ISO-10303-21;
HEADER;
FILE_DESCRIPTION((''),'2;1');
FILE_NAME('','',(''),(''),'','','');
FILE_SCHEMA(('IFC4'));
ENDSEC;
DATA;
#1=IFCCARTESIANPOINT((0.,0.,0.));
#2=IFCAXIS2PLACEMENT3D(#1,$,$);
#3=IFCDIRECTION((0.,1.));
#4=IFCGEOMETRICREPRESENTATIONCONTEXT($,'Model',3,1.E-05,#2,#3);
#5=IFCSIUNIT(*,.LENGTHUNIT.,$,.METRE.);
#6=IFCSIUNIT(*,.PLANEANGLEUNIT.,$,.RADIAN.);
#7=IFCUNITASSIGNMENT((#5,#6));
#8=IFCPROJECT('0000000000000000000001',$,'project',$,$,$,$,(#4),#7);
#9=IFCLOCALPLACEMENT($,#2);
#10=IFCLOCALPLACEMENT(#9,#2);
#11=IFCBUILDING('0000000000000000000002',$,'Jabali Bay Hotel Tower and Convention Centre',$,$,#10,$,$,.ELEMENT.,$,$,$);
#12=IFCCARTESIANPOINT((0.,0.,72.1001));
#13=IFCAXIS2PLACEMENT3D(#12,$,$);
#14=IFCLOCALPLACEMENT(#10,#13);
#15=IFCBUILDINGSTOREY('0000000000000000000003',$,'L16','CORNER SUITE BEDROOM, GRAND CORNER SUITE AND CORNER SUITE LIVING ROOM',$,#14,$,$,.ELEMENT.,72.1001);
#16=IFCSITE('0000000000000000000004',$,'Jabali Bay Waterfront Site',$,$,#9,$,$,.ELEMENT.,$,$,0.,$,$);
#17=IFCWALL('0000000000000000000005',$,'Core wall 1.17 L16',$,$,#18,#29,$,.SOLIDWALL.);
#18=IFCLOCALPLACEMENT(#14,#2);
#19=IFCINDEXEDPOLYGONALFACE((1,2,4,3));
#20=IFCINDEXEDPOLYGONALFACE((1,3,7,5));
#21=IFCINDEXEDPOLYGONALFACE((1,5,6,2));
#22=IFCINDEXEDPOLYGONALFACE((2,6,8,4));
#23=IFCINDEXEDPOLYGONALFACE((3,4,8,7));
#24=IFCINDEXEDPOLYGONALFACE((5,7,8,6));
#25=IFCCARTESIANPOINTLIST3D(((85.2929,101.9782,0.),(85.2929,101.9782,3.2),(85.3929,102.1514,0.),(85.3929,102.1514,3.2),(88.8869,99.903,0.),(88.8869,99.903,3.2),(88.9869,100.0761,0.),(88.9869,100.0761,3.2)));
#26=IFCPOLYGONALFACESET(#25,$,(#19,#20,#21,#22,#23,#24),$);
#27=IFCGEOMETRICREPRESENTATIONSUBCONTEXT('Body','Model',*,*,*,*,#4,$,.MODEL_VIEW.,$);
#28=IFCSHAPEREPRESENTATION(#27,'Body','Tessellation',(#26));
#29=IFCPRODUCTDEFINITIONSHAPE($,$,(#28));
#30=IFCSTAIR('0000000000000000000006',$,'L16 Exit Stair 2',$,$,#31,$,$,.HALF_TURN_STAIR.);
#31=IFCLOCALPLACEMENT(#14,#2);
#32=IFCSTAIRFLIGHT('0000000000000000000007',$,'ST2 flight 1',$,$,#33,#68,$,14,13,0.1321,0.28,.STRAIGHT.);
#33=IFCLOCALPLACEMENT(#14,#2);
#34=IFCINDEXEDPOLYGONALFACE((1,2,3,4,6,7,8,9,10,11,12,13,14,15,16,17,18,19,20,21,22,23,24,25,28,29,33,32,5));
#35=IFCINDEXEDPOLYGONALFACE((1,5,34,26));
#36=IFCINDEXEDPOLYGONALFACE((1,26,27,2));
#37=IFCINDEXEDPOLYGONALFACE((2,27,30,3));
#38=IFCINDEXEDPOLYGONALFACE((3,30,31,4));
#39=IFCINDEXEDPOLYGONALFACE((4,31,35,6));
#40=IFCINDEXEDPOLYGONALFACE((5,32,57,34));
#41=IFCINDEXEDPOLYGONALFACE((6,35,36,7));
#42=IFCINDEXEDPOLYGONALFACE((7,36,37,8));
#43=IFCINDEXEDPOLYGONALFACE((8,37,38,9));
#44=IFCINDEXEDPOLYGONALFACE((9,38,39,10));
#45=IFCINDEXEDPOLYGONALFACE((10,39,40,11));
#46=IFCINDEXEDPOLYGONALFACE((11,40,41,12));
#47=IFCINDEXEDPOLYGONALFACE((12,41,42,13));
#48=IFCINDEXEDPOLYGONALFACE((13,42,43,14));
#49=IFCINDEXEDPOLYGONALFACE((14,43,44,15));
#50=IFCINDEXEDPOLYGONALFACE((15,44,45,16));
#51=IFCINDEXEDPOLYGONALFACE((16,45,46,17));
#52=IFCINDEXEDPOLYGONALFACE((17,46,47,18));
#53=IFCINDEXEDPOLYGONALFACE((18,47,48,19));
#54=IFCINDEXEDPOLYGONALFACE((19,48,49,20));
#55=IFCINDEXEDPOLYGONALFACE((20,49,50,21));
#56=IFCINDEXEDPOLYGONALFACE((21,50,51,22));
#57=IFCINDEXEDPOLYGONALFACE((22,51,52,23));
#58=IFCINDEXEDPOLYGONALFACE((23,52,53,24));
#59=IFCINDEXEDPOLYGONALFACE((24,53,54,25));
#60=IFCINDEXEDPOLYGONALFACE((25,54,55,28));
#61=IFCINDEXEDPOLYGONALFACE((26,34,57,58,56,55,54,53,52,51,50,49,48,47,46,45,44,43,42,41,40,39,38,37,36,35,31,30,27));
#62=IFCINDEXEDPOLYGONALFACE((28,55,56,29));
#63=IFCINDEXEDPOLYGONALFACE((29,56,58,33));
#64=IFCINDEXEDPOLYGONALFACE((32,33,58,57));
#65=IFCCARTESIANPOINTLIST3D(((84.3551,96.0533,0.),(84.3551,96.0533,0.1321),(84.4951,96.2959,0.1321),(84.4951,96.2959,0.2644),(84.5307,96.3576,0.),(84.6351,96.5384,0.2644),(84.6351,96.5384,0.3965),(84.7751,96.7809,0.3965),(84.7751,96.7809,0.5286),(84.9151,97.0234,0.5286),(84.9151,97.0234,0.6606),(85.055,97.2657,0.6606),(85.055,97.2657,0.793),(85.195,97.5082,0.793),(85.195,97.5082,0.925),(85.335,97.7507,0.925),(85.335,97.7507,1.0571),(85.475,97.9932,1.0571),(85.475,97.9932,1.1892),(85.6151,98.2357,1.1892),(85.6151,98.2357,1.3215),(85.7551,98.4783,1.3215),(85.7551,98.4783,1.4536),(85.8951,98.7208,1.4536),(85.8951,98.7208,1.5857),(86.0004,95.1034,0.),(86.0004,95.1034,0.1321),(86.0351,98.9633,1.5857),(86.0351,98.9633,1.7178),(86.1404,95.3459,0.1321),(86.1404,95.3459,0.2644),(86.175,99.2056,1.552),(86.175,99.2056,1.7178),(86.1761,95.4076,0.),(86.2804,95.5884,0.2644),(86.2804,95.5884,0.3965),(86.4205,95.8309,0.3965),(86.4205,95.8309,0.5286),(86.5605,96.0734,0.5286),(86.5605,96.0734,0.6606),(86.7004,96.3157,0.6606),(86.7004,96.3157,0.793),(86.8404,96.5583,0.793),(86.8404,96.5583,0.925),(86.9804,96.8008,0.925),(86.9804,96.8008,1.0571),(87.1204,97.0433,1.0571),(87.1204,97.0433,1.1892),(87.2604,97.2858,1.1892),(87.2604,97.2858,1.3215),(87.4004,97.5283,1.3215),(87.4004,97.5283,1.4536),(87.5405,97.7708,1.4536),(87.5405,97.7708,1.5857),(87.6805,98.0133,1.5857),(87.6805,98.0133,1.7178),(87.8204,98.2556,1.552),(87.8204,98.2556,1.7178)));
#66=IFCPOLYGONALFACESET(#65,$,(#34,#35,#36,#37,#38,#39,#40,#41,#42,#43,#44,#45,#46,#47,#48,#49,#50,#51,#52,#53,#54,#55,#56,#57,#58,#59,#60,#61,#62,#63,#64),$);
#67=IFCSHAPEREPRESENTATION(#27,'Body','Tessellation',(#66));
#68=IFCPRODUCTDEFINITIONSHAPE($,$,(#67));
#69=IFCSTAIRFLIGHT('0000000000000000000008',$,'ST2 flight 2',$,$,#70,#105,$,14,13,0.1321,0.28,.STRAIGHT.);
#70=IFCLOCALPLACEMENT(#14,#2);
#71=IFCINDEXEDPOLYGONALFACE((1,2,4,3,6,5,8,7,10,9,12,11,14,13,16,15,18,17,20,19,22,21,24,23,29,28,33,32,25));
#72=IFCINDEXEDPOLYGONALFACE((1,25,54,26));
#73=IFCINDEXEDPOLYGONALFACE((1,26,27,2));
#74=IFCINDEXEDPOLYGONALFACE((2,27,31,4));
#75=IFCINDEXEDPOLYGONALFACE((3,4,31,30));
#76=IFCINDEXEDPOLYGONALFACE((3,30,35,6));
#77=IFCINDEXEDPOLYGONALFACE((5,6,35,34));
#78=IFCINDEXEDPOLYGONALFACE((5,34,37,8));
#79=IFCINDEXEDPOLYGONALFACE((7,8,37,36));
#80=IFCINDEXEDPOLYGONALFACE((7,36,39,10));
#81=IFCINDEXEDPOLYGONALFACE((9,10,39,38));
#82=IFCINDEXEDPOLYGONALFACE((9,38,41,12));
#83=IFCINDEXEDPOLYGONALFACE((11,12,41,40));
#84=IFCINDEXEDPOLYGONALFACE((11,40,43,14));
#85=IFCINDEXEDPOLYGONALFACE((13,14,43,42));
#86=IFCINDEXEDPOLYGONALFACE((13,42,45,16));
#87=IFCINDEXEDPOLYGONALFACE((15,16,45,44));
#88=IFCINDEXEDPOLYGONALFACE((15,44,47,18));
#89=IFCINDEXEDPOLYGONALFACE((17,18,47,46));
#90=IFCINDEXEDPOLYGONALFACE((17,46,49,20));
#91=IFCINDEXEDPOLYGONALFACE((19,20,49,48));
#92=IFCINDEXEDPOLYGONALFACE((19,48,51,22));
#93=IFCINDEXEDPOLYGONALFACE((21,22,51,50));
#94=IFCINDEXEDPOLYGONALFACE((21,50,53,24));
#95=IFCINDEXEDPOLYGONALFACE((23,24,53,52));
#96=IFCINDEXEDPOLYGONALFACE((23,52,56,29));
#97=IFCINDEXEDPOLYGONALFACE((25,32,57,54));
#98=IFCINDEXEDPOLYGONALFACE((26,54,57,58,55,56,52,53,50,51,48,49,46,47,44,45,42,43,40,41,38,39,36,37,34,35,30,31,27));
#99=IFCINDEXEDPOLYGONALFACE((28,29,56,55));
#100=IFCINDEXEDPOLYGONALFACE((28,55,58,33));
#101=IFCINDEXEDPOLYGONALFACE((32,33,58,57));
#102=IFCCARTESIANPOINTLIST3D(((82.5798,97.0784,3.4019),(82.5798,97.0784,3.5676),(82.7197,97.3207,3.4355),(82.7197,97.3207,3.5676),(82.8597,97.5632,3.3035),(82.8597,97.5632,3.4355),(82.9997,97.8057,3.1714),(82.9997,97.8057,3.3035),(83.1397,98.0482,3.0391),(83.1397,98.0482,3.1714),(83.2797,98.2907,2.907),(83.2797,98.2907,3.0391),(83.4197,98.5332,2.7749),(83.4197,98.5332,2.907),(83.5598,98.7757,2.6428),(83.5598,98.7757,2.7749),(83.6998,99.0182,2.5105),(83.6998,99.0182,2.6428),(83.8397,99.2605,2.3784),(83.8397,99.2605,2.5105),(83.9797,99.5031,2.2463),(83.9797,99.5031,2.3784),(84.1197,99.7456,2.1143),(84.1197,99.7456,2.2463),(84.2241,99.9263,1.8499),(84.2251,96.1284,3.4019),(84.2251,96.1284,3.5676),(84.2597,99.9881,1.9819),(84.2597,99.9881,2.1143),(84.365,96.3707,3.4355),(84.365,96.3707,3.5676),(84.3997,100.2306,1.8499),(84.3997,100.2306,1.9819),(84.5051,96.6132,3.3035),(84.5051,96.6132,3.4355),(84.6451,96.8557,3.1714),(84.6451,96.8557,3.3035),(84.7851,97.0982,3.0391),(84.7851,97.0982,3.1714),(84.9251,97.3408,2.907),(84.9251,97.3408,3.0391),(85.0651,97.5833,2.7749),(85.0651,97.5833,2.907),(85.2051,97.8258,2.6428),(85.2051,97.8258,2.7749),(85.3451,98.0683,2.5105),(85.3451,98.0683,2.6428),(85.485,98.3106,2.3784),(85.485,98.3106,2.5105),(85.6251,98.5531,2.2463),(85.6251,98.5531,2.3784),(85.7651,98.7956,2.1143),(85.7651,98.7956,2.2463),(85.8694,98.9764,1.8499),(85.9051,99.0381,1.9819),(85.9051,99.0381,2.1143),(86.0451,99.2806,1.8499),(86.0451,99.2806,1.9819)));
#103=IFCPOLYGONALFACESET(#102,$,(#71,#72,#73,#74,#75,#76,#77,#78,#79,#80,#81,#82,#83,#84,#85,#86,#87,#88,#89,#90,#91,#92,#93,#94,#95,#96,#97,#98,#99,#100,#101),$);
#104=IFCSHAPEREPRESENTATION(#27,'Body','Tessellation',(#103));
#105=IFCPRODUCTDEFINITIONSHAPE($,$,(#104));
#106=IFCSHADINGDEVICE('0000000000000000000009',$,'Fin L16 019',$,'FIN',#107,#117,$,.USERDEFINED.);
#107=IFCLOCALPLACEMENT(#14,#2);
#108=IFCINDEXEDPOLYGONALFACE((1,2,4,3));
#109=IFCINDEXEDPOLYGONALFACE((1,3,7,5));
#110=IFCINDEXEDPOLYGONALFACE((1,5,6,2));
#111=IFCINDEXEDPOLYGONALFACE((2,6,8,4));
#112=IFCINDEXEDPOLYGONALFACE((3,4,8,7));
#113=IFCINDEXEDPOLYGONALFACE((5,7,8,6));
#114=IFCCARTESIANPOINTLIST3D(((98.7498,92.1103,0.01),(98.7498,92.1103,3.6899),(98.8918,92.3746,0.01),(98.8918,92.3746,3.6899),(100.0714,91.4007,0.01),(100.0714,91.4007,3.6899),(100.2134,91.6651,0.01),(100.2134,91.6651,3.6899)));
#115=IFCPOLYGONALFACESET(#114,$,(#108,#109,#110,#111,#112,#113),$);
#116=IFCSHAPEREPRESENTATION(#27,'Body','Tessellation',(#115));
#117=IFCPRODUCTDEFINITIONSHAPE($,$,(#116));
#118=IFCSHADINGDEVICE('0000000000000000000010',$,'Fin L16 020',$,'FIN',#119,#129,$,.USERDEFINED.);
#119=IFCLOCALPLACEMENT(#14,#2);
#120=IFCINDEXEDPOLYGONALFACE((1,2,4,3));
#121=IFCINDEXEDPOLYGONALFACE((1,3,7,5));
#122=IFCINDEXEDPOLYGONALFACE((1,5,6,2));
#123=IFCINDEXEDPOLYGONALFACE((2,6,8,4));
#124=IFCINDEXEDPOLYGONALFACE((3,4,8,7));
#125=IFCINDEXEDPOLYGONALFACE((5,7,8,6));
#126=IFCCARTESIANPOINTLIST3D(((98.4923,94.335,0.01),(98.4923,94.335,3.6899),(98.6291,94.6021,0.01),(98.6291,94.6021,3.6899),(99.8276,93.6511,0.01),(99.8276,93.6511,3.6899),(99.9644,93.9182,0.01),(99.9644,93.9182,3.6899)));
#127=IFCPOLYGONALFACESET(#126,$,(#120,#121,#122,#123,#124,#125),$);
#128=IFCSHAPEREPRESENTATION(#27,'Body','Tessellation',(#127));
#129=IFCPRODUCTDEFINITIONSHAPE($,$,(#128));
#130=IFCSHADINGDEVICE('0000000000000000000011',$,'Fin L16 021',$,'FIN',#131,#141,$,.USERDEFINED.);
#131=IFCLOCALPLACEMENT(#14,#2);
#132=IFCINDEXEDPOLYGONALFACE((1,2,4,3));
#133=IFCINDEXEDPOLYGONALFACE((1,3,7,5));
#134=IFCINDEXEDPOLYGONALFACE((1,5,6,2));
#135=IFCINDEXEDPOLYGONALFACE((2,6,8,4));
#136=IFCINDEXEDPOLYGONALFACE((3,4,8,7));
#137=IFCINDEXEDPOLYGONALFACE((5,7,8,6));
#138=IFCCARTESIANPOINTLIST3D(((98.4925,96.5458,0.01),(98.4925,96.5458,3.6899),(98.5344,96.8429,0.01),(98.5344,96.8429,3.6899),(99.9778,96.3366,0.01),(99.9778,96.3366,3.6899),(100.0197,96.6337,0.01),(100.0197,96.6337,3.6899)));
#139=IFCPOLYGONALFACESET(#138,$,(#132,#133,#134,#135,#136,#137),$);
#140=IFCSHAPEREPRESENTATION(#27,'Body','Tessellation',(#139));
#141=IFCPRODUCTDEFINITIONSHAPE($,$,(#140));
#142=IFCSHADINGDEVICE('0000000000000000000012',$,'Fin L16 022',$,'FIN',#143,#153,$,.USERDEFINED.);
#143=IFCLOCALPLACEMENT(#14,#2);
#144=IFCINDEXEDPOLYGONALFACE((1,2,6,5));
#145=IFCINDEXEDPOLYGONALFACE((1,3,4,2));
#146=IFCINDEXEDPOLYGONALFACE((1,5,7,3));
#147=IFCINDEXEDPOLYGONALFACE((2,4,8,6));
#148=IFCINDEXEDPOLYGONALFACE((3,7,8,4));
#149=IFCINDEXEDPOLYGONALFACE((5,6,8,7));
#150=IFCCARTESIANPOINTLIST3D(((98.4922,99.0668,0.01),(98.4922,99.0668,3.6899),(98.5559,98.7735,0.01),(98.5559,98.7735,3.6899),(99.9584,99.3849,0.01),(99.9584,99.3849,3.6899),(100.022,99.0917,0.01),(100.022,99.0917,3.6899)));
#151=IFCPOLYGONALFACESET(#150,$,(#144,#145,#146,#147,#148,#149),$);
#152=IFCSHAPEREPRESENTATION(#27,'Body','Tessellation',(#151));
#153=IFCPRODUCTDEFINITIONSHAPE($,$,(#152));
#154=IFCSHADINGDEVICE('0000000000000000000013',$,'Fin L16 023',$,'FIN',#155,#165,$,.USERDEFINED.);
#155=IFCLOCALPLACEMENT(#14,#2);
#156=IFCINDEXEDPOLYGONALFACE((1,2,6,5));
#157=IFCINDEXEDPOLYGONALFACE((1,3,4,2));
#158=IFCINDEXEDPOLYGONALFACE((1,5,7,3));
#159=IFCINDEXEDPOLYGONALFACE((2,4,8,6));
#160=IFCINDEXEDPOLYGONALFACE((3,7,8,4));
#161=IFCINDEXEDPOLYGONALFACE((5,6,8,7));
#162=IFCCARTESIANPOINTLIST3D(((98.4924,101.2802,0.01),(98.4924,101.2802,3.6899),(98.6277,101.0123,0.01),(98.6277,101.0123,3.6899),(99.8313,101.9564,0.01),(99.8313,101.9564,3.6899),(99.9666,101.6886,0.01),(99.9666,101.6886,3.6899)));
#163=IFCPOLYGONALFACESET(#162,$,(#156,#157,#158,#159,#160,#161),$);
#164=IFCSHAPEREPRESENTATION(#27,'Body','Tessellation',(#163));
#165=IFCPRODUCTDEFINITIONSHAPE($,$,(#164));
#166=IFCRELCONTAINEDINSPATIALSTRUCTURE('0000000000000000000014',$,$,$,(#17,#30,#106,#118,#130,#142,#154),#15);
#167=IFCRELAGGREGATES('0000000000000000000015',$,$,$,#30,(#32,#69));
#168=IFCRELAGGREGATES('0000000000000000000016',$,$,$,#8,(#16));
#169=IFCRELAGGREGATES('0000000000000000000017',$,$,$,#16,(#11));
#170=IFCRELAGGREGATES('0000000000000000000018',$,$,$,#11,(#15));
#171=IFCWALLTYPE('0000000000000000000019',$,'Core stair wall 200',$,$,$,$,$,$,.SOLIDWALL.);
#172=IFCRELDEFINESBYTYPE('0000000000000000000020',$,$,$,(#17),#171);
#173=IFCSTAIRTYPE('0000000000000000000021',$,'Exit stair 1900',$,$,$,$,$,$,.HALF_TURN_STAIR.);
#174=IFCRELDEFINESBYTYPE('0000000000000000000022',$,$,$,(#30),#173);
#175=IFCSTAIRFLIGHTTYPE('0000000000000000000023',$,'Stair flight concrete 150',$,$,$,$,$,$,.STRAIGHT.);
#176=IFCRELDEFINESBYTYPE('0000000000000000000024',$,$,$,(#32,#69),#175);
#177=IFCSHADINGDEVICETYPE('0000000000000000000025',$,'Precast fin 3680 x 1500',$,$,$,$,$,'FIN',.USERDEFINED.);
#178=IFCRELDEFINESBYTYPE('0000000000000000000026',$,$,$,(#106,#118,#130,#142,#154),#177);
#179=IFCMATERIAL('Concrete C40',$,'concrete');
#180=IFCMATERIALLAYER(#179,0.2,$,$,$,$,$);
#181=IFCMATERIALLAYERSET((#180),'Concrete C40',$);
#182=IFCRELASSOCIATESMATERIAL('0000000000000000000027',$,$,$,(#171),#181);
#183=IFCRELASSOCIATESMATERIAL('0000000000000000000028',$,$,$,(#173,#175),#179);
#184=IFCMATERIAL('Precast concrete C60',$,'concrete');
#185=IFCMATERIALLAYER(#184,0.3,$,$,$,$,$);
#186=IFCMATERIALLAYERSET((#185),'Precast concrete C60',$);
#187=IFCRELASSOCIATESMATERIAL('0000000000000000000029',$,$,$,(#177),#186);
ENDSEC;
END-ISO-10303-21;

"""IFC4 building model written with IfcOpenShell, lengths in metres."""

from ifc_helpers import new_model, si_unit, direction, frame, frame_2d, origin, place, context, subcontext, project, spatial, polyline, rectangle, outline, extrude, material, layer, layer_set, type_object, element, aggregate, save


model = new_model("IFC4")

# Units and contexts
model_context = context("Model", 3, precision=1e-05, world=origin(), true_north=direction((0.0, 1.0)))
body_context = subcontext(model_context, "Body", "Model", "MODEL_VIEW")
ifc_project = project(units=[si_unit("LENGTHUNIT", "METRE"), si_unit("PLANEANGLEUNIT", "RADIAN")], contexts=[model_context])

# Site, building, storey
site_placement = place(None, origin())
site = spatial("IfcSite", under=ifc_project, at=site_placement, Name="Jabali Bay Waterfront Site", CompositionType="ELEMENT", RefElevation=0.0)
building_placement = place(site_placement, origin())
building = spatial("IfcBuilding", under=site, at=building_placement, Name="Jabali Bay Hotel Tower and Convention Centre", CompositionType="ELEMENT")
storey_placement = place(building_placement, frame((0.0, 0.0, 72.1001)))
storey = spatial("IfcBuildingStorey", under=building, at=storey_placement, Name="L16", Description="CORNER SUITE BEDROOM, GRAND CORNER SUITE AND CORNER SUITE LIVING ROOM", CompositionType="ELEMENT", Elevation=72.1001)

# Shared definitions
ifc_material_1 = material(Name="Concrete C40", Category="concrete")

# Shared definitions
ifc_layer_1 = layer(ifc_material_1, 0.2)
ifc_layer_set_1 = layer_set([ifc_layer_1], Name="Concrete C40")
wall_type_1 = type_object("IfcWallType", Name="Core stair wall 200", PredefinedType="SOLIDWALL", material=ifc_layer_set_1)

# Wall
wall_1_placement = place(storey_placement, frame((88.937, 99.9895, 0.0), z_axis=(0.0, 0.0, 1.0), x_axis=(-0.866004, 0.500036, 0.0)))
element("IfcWall", 1, at=wall_1_placement, inside=storey, type_object=wall_type_1, Name="Core wall 1.17 L16", PredefinedType="SOLIDWALL", context=body_context, shape_type="SweptSolid", body=[
    extrude(rectangle(XDim=4.1501, YDim=0.2, at=frame_2d((2.0752, 0.0))), origin(), (0.0, 0.0, 1.0), 3.2),
])

# Stair, stair flights
stair_type = type_object("IfcStairType", Name="Exit stair 1900", PredefinedType="HALF_TURN_STAIR", material=ifc_material_1)
stair_placement = place(storey_placement, origin())
stair = element("IfcStair", 2, at=stair_placement, inside=storey, type_object=stair_type, Name="L16 Exit Stair 2", PredefinedType="HALF_TURN_STAIR")
stair_flight_type = type_object("IfcStairFlightType", Name="Stair flight concrete 150", PredefinedType="STRAIGHT", material=ifc_material_1)
stair_flight_1_placement = place(storey_placement, frame((85.1777, 95.5784, 0.0), z_axis=(0.0, 0.0, 1.0), x_axis=(0.5, 0.866025, 0.0)))
stair_flight_1 = element("IfcStairFlight", 3, at=stair_flight_1_placement, type_object=stair_flight_type, Name="ST2 flight 1", NumberOfRisers=14, NumberOfTreads=13, PredefinedType="STRAIGHT", RiserHeight=0.1321, TreadLength=0.28, context=body_context, shape_type="SweptSolid", body=[
    extrude(outline(polyline([(0.0, 0.0), (0.0, 0.1321), (0.28, 0.1321), (0.28, 0.2644), (0.5601, 0.2644), (0.5601, 0.3965), (0.8401, 0.3965), (0.8401, 0.5286), (1.1201, 0.5286), (1.1201, 0.6606), (1.3999, 0.6606), (1.3999, 0.793), (1.6799, 0.793), (1.6799, 0.925), (1.96, 0.925), (1.96, 1.0571), (2.24, 1.0571), (2.24, 1.1892), (2.52, 1.1892), (2.52, 1.3215), (2.8, 1.3215), (2.8, 1.4536), (3.0801, 1.4536), (3.0801, 1.5857), (3.3601, 1.5857), (3.3601, 1.7178), (3.6399, 1.7178), (3.6399, 1.8501), (3.6399, 1.552), (0.3513, 0.0), (0.0, 0.0)])), frame((0.0, 0.95, 0.0), z_axis=(0.0, -1.0, 0.0), x_axis=(1.0, 0.0, 0.0)), (0.0, 0.0, 1.0), 1.8999),
])
stair_flight_2_placement = place(storey_placement, frame((85.2224, 99.7556, 1.8499), z_axis=(0.0, 0.0, 1.0), x_axis=(-0.5, -0.866025, 0.0)))
stair_flight_2 = element("IfcStairFlight", 4, at=stair_flight_2_placement, type_object=stair_flight_type, Name="ST2 flight 2", NumberOfRisers=14, NumberOfTreads=13, PredefinedType="STRAIGHT", RiserHeight=0.1321, TreadLength=0.28, context=body_context, shape_type="SweptSolid", body=[
    extrude(outline(polyline([(0.0, 0.0), (0.0, 0.1321), (0.28, 0.1321), (0.28, 0.2644), (0.5601, 0.2644), (0.5601, 0.3965), (0.8401, 0.3965), (0.8401, 0.5286), (1.1201, 0.5286), (1.1201, 0.6606), (1.3999, 0.6606), (1.3999, 0.793), (1.6799, 0.793), (1.6799, 0.925), (1.96, 0.925), (1.96, 1.0571), (2.24, 1.0571), (2.24, 1.1892), (2.52, 1.1892), (2.52, 1.3215), (2.8, 1.3215), (2.8, 1.4536), (3.0801, 1.4536), (3.0801, 1.5857), (3.3601, 1.5857), (3.3601, 1.7178), (3.6399, 1.7178), (3.6399, 1.8501), (3.6399, 1.552), (0.3513, 0.0), (0.0, 0.0)])), frame((0.0, 0.95, 0.0), z_axis=(0.0, -1.0, 0.0), x_axis=(1.0, 0.0, 0.0)), (0.0, 0.0, 1.0), 1.8999),
])
aggregate(stair, [stair_flight_1, stair_flight_2])

# Shading devices
ifc_material_2 = material(Name="Precast concrete C60", Category="concrete")
ifc_layer_2 = layer(ifc_material_2, 0.3)
ifc_layer_set_2 = layer_set([ifc_layer_2], Name="Precast concrete C60")
shading_device_type = type_object("IfcShadingDeviceType", Name="Precast fin 3680 x 1500", ElementType="FIN", PredefinedType="USERDEFINED", material=ifc_layer_set_2)
shading_device_1_placement = place(storey_placement, frame((98.8208, 92.2424, 0.01), z_axis=(0.0, 0.0, 1.0), x_axis=(0.881061, -0.473003, 0.0)))
element("IfcShadingDevice", 5, at=shading_device_1_placement, inside=storey, type_object=shading_device_type, Name="Fin L16 019", ObjectType="FIN", PredefinedType="USERDEFINED", context=body_context, shape_type="SweptSolid", body=[
    extrude(rectangle(XDim=1.5, YDim=0.3, at=frame_2d((0.75, 0.0))), origin(), (0.0, 0.0, 1.0), 3.6799),
])
shading_device_2_placement = place(storey_placement, frame((98.5608, 94.4685, 0.01), z_axis=(0.0, 0.0, 1.0), x_axis=(0.890056, -0.455851, 0.0)))
element("IfcShadingDevice", 6, at=shading_device_2_placement, inside=storey, type_object=shading_device_type, Name="Fin L16 020", ObjectType="FIN", PredefinedType="USERDEFINED", context=body_context, shape_type="SweptSolid", body=[
    extrude(rectangle(XDim=1.5002, YDim=0.3, at=frame_2d((0.75, 0.0))), origin(), (0.0, 0.0, 1.0), 3.6799),
])
shading_device_3_placement = place(storey_placement, frame((98.5134, 96.6943, 0.01), z_axis=(0.0, 0.0, 1.0), x_axis=(0.990224, -0.139484, 0.0)))
element("IfcShadingDevice", 7, at=shading_device_3_placement, inside=storey, type_object=shading_device_type, Name="Fin L16 021", ObjectType="FIN", PredefinedType="USERDEFINED", context=body_context, shape_type="SweptSolid", body=[
    extrude(rectangle(XDim=1.5, YDim=0.3, at=frame_2d((0.75, 0.0))), origin(), (0.0, 0.0, 1.0), 3.6799),
])
shading_device_4_placement = place(storey_placement, frame((98.5242, 98.9202, 0.01), z_axis=(0.0, 0.0, 1.0), x_axis=(0.977259, 0.212051, 0.0)))
element("IfcShadingDevice", 8, at=shading_device_4_placement, inside=storey, type_object=shading_device_type, Name="Fin L16 022", ObjectType="FIN", PredefinedType="USERDEFINED", context=body_context, shape_type="SweptSolid", body=[
    extrude(rectangle(XDim=1.5002, YDim=0.3, at=frame_2d((0.75, 0.0))), origin(), (0.0, 0.0, 1.0), 3.6799),
])
shading_device_5_placement = place(storey_placement, frame((98.5601, 101.1462, 0.01), z_axis=(0.0, 0.0, 1.0), x_axis=(0.892597, 0.450856, 0.0)))
element("IfcShadingDevice", 9, at=shading_device_5_placement, inside=storey, type_object=shading_device_type, Name="Fin L16 023", ObjectType="FIN", PredefinedType="USERDEFINED", context=body_context, shape_type="SweptSolid", body=[
    extrude(rectangle(XDim=1.5, YDim=0.3, at=frame_2d((0.75, 0.0))), origin(), (0.0, 0.0, 1.0), 3.6799),
])

save(model, "model.ifc")
